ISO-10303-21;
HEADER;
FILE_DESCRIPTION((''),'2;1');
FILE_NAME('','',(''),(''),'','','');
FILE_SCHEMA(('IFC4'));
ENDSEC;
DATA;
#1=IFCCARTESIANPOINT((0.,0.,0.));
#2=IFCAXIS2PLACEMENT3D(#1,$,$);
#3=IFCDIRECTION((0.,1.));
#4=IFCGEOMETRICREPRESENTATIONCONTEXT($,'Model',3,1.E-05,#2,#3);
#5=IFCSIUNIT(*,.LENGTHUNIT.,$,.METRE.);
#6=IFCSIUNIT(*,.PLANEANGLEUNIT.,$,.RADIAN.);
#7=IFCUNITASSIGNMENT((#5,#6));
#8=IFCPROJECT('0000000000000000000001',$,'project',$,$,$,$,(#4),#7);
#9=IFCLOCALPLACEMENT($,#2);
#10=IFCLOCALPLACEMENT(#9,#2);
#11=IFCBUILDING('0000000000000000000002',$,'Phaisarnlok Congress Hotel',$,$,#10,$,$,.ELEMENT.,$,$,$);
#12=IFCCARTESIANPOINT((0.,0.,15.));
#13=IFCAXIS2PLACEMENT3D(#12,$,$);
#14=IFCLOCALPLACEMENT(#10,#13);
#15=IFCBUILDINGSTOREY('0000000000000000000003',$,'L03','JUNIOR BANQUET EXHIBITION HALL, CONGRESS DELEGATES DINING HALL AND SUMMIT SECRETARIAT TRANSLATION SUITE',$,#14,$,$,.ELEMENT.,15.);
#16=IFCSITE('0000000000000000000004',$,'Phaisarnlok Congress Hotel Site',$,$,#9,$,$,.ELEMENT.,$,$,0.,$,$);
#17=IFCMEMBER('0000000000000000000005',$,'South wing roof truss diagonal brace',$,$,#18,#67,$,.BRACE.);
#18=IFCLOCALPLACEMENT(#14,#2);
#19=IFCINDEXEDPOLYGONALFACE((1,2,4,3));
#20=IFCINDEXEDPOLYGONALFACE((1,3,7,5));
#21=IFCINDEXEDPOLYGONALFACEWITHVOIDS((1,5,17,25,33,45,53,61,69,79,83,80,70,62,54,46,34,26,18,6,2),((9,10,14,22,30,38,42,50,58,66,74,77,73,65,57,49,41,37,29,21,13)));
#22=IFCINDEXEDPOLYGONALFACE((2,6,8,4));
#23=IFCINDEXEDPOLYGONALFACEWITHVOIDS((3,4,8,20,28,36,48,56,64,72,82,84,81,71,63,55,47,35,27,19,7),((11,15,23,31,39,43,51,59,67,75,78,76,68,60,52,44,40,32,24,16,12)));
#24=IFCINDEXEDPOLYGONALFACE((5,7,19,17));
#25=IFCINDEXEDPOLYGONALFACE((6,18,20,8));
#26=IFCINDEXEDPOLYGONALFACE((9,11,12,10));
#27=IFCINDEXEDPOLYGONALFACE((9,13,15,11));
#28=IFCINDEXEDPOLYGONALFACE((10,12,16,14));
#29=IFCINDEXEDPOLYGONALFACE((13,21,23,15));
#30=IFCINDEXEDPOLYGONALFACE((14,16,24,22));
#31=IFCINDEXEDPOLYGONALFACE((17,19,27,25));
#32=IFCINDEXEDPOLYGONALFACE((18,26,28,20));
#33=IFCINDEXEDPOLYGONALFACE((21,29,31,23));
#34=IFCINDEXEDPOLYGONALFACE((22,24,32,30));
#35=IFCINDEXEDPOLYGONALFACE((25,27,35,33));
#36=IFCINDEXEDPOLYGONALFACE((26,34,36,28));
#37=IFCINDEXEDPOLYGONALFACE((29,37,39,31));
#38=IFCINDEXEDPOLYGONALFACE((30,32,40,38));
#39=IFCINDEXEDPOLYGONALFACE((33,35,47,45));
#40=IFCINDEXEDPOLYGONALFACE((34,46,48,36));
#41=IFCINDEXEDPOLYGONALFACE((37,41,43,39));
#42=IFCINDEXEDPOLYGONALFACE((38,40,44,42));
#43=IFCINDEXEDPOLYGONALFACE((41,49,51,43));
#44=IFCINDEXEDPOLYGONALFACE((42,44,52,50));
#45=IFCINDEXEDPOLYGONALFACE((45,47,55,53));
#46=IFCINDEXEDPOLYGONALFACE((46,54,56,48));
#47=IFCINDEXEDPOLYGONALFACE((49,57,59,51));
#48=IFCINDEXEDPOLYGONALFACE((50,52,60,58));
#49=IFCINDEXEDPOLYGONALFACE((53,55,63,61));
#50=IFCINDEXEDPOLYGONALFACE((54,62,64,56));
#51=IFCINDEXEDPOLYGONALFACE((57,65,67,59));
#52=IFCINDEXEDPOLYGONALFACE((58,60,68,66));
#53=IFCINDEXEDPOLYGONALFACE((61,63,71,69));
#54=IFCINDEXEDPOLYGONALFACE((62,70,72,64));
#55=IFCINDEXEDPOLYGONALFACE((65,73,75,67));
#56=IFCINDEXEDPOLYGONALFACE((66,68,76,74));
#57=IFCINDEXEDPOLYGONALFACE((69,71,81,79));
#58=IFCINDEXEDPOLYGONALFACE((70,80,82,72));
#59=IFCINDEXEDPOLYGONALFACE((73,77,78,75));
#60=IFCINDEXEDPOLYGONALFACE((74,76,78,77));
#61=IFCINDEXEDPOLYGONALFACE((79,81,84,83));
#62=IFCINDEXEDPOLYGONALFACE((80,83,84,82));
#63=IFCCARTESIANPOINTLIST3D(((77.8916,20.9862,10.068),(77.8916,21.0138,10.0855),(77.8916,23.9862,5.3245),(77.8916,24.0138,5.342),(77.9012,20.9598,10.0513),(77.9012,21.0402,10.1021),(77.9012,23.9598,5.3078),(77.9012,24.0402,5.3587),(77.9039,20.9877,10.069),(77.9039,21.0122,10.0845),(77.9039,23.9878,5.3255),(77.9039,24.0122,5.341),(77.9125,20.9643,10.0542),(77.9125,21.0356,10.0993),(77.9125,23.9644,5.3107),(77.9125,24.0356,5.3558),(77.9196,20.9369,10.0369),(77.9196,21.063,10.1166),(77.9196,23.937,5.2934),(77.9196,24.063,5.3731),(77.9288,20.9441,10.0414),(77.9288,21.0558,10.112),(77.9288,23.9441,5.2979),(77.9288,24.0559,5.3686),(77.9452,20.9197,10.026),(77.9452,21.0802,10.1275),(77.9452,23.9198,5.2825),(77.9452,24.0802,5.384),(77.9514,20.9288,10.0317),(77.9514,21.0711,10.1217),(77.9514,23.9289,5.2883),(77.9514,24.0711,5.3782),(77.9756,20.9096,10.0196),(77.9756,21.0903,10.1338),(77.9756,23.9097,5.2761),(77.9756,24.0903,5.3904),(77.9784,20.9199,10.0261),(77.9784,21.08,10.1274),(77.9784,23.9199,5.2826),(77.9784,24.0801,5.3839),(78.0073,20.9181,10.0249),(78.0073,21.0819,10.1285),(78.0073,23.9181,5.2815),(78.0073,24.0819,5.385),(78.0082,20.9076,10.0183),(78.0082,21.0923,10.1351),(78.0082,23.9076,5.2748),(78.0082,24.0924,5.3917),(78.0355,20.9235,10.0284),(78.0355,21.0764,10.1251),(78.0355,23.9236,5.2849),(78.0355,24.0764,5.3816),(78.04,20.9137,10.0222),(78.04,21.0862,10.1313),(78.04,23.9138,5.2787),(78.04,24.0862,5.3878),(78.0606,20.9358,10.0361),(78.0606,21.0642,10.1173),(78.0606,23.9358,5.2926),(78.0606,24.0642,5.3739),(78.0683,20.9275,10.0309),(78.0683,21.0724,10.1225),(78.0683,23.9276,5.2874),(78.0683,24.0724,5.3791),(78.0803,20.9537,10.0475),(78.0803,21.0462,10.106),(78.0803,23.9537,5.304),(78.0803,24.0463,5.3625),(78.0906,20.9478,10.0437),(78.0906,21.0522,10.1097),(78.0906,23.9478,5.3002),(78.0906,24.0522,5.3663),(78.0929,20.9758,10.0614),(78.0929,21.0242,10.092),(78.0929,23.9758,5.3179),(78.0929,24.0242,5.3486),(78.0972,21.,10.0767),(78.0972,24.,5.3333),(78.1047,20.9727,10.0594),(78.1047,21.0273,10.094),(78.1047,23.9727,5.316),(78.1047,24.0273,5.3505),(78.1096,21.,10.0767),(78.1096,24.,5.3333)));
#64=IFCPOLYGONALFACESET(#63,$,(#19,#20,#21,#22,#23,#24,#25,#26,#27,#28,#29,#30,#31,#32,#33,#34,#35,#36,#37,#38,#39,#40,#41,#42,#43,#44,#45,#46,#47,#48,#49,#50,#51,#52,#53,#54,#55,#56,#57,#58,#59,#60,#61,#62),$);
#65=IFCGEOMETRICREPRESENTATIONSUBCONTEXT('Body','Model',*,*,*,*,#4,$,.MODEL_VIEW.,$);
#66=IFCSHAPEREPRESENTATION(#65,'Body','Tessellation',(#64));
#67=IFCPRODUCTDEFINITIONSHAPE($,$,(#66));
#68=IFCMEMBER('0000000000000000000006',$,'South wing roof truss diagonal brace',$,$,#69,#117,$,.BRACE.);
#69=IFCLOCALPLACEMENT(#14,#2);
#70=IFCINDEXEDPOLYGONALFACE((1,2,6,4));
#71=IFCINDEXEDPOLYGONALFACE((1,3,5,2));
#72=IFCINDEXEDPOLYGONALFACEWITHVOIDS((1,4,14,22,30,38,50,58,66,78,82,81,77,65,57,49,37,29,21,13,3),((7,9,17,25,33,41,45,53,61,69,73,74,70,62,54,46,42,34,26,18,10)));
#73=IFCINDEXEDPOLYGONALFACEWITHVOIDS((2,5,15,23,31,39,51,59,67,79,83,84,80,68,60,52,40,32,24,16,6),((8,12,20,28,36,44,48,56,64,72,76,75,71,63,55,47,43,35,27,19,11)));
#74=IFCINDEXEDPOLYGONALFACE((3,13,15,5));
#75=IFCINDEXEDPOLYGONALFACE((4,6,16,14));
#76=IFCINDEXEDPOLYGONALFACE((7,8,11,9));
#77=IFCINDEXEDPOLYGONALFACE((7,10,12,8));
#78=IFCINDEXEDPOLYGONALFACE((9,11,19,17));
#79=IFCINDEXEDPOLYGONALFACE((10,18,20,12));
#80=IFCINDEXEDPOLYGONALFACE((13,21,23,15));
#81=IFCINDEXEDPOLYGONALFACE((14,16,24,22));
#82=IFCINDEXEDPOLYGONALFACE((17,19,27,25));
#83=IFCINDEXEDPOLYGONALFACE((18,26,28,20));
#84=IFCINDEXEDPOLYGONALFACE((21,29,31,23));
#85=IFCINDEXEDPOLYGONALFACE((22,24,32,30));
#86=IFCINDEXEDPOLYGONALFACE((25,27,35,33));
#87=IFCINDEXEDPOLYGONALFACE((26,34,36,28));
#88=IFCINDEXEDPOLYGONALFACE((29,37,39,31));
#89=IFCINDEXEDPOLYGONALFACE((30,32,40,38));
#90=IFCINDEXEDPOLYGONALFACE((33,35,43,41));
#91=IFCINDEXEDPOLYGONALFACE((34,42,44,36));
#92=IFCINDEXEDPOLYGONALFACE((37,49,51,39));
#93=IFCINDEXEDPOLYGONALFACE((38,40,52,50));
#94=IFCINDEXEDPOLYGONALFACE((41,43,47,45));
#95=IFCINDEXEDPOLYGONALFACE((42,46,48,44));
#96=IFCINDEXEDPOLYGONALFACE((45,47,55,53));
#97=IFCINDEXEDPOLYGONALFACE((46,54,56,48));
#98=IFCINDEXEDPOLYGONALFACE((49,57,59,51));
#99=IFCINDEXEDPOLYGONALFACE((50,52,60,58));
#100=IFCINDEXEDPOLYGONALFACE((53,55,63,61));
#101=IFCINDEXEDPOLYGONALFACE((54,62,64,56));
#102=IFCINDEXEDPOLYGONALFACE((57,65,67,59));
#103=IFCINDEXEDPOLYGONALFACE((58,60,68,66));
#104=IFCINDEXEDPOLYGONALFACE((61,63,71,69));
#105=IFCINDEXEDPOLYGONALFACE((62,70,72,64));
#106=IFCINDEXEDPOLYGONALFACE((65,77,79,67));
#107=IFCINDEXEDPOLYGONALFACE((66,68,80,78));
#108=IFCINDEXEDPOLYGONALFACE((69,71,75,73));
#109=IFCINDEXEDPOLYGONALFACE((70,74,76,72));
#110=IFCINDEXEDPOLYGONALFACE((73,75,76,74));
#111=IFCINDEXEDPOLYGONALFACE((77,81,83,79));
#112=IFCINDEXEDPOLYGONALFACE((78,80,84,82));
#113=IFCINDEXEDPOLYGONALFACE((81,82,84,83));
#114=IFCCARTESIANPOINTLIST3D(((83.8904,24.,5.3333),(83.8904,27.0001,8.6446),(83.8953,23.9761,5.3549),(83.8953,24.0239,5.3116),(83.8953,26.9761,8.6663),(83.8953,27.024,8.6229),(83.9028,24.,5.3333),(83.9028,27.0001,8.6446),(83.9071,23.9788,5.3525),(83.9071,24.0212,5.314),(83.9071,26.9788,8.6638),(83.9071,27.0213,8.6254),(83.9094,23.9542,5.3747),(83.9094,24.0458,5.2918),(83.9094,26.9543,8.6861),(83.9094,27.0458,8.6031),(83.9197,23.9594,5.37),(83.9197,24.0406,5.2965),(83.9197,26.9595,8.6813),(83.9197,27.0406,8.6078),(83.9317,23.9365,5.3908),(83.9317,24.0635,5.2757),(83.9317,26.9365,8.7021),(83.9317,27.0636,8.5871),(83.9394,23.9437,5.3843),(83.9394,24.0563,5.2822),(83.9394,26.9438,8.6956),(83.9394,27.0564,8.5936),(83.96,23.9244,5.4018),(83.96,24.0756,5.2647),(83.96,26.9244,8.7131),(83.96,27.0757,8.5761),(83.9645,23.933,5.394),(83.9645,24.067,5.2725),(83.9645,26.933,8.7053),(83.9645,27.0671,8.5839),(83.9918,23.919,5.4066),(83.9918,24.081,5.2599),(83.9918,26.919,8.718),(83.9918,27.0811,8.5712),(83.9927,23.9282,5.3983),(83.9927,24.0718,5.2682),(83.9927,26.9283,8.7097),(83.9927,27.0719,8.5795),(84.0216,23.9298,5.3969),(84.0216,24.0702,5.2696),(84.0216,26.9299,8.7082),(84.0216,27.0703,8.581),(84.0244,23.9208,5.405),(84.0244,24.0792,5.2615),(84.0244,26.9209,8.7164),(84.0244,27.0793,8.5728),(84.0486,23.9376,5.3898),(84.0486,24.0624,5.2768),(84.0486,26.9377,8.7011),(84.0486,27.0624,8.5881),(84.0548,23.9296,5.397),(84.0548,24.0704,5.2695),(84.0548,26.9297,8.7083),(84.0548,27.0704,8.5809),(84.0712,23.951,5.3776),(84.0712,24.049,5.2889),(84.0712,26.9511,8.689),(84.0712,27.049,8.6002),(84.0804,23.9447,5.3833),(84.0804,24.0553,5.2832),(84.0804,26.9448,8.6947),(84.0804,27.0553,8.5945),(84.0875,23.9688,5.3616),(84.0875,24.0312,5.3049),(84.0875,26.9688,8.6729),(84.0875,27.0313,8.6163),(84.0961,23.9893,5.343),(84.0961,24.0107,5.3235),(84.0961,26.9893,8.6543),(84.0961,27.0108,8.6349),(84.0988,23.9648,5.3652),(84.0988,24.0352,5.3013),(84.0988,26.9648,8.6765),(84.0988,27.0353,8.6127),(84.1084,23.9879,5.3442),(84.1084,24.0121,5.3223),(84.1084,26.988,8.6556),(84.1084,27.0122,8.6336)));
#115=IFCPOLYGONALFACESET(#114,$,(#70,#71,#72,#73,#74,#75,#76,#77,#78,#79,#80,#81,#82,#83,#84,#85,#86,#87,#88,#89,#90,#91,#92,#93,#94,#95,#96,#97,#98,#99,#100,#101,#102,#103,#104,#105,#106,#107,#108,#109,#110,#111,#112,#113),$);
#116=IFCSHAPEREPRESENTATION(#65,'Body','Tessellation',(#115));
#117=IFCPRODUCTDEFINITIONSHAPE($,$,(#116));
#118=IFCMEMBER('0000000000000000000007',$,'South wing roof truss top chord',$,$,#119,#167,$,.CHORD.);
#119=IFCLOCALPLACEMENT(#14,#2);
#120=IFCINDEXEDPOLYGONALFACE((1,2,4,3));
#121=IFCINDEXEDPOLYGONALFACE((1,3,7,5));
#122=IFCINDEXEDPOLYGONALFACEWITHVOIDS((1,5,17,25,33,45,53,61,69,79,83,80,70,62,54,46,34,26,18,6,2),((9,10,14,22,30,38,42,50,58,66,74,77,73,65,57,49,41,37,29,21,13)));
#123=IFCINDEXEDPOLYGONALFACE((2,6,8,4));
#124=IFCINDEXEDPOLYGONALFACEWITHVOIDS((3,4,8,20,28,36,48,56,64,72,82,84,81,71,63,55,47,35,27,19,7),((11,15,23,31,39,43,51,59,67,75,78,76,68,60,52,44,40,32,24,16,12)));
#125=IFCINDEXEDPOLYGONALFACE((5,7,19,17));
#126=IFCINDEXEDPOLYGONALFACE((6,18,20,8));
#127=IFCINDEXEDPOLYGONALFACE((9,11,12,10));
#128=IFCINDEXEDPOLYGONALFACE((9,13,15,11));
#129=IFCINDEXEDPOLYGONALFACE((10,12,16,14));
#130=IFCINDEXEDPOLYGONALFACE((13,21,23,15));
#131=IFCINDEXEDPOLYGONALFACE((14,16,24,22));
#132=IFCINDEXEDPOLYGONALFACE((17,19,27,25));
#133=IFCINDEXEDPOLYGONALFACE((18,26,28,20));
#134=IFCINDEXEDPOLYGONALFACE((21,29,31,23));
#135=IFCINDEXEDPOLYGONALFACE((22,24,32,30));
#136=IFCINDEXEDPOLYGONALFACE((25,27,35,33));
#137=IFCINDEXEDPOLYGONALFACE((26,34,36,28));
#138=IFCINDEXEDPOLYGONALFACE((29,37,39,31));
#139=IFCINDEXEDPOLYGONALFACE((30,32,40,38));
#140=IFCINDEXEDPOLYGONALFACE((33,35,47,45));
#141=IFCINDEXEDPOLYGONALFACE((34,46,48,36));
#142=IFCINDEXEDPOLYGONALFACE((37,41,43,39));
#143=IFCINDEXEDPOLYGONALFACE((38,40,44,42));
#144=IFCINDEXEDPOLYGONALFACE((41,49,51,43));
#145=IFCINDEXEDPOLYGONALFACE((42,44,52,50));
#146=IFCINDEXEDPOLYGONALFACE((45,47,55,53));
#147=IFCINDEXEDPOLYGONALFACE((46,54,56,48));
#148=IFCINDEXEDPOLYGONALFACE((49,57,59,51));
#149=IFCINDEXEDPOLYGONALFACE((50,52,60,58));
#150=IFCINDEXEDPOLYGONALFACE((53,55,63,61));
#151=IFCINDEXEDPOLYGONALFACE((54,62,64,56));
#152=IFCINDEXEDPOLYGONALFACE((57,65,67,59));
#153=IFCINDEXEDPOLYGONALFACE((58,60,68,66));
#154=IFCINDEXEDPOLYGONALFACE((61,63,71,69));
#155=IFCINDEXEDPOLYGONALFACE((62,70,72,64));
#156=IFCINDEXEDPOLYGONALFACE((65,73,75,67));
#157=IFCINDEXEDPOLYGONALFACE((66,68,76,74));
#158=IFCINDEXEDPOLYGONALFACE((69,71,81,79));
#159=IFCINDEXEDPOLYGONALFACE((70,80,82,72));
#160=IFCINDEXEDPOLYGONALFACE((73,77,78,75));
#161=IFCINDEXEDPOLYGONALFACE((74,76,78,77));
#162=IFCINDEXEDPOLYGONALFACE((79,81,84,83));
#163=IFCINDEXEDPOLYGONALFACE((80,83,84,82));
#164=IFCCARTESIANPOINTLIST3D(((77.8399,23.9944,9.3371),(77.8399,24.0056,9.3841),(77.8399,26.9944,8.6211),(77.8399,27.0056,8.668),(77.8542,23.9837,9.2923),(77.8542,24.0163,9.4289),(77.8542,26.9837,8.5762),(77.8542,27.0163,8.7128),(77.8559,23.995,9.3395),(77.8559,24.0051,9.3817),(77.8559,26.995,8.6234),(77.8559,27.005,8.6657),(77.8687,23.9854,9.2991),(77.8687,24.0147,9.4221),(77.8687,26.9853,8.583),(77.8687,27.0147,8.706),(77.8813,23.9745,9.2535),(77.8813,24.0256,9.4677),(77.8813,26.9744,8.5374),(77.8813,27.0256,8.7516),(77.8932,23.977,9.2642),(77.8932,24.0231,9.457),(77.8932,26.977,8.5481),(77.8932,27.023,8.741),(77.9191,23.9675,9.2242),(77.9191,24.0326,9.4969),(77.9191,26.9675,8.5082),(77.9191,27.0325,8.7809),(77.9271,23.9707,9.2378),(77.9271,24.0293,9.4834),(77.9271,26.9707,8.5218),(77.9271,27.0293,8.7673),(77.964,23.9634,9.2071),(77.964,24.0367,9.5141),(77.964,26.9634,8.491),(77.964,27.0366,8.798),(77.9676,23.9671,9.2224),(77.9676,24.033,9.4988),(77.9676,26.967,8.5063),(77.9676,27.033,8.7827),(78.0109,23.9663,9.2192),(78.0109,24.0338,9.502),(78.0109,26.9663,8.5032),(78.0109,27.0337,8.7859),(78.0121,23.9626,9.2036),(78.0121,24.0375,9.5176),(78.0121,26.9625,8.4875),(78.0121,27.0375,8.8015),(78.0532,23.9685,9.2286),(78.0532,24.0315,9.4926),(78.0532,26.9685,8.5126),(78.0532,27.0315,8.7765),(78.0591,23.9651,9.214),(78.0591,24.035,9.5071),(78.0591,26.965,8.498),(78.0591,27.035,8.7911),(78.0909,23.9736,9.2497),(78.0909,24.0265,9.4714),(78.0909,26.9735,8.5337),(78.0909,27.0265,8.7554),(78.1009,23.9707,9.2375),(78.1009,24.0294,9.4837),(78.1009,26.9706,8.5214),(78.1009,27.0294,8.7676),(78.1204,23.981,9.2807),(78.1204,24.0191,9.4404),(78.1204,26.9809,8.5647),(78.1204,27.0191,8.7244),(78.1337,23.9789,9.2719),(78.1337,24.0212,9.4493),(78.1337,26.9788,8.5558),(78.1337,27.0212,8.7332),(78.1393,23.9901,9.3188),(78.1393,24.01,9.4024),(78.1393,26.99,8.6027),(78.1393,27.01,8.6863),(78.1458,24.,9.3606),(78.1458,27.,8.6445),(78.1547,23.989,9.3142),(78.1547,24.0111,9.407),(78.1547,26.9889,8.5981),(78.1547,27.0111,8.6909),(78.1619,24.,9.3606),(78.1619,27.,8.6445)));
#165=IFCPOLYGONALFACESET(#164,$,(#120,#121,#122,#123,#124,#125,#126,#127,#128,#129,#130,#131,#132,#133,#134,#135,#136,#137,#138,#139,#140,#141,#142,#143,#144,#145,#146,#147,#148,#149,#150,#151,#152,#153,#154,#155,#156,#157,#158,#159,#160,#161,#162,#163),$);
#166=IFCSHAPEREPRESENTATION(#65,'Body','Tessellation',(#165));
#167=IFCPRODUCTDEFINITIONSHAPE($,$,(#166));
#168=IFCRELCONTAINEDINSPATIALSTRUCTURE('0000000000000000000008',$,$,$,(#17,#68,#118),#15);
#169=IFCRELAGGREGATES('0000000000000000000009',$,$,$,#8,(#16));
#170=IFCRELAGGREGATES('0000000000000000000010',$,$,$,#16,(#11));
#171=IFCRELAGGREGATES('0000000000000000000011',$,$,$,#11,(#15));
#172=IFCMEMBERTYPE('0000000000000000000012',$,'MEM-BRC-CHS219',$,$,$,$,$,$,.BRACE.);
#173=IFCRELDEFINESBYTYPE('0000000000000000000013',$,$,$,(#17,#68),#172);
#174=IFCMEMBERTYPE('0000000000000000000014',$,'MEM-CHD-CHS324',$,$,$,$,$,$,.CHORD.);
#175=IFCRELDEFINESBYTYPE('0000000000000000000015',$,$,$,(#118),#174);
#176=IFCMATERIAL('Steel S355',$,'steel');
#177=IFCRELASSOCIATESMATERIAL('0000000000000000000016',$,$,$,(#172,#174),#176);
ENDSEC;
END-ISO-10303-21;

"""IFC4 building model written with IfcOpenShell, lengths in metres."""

from ifc_helpers import new_model, si_unit, direction, frame, origin, origin_2d, place, context, subcontext, project, spatial, hollow_circle, extrude, material, material_profile, profile_set, type_object, element, save


model = new_model("IFC4")

# Units and contexts
model_context = context("Model", 3, precision=1e-05, world=origin(), true_north=direction((0.0, 1.0)))
body_context = subcontext(model_context, "Body", "Model", "MODEL_VIEW")
ifc_project = project(units=[si_unit("LENGTHUNIT", "METRE"), si_unit("PLANEANGLEUNIT", "RADIAN")], contexts=[model_context])

# Site, building, storey
site_placement = place(None, origin())
site = spatial("IfcSite", under=ifc_project, at=site_placement, Name="Phaisarnlok Congress Hotel Site", CompositionType="ELEMENT", RefElevation=0.0)
building_placement = place(site_placement, origin())
building = spatial("IfcBuilding", under=site, at=building_placement, Name="Phaisarnlok Congress Hotel", CompositionType="ELEMENT")
storey_placement = place(building_placement, frame((0.0, 0.0, 15.0)))
storey = spatial("IfcBuildingStorey", under=building, at=storey_placement, Name="L03", Description="JUNIOR BANQUET EXHIBITION HALL, CONGRESS DELEGATES DINING HALL AND SUMMIT SECRETARIAT TRANSLATION SUITE", CompositionType="ELEMENT", Elevation=15.0)

# Shared definitions
ifc_material_1 = material(Name="Steel S355", Category="steel")

# Members
ifc_material_profile_1 = material_profile(ifc_material_1, hollow_circle(Radius=0.1096, WallThickness=0.0125, at=origin_2d()), Name="CHS 219.1x12.5")
ifc_profile_set_1 = profile_set([ifc_material_profile_1], Name="Steel S355")
member_type_1 = type_object("IfcMemberType", Name="MEM-BRC-CHS219", PredefinedType="BRACE", material=ifc_profile_set_1)
member_1_placement = place(storey_placement, frame((78.0, 24.0, 5.3333), z_axis=(0.0, -0.534523, 0.845154), x_axis=(1.0, 0.0, 0.0)))
element("IfcMember", 1, at=member_1_placement, inside=storey, type_object=member_type_1, Name="South wing roof truss diagonal brace", PredefinedType="BRACE", context=body_context, shape_type="SweptSolid", body=[
    extrude(hollow_circle(Radius=0.1096, WallThickness=0.0125, at=origin_2d()), origin(), (0.0, 0.0, 1.0), 5.6125),
])
member_2_placement = place(storey_placement, frame((84.0, 24.0, 5.3333), z_axis=(0.0, 0.671415, 0.741081), x_axis=(-1.0, 0.0, 0.0)))
element("IfcMember", 2, at=member_2_placement, inside=storey, type_object=member_type_1, Name="South wing roof truss diagonal brace", PredefinedType="BRACE", context=body_context, shape_type="SweptSolid", body=[
    extrude(hollow_circle(Radius=0.1096, WallThickness=0.0125, at=origin_2d()), origin(), (0.0, 0.0, 1.0), 4.4683),
])
ifc_material_profile_2 = material_profile(ifc_material_1, hollow_circle(Radius=0.1619, WallThickness=0.0161, at=origin_2d()), Name="CHS 323.9x16")
ifc_profile_set_2 = profile_set([ifc_material_profile_2], Name="Steel S355")
member_type_2 = type_object("IfcMemberType", Name="MEM-CHD-CHS324", PredefinedType="CHORD", material=ifc_profile_set_2)
for number, where, z_axis, x_axis, name in (
    (3, (78.0, 27.0, 8.6445), (0.0, -0.972676, 0.232166), (1.0, 0.0, 0.0), "South wing roof truss top chord"),
):
    element("IfcMember", number, at=place(storey_placement, frame(where, z_axis=z_axis, x_axis=x_axis)), inside=storey, type_object=member_type_2, Name=name, PredefinedType="CHORD", context=body_context, shape_type="SweptSolid", body=[
        extrude(hollow_circle(Radius=0.1619, WallThickness=0.0161, at=origin_2d()), origin(), (0.0, 0.0, 1.0), 3.0842),
    ])

save(model, "model.ifc")
